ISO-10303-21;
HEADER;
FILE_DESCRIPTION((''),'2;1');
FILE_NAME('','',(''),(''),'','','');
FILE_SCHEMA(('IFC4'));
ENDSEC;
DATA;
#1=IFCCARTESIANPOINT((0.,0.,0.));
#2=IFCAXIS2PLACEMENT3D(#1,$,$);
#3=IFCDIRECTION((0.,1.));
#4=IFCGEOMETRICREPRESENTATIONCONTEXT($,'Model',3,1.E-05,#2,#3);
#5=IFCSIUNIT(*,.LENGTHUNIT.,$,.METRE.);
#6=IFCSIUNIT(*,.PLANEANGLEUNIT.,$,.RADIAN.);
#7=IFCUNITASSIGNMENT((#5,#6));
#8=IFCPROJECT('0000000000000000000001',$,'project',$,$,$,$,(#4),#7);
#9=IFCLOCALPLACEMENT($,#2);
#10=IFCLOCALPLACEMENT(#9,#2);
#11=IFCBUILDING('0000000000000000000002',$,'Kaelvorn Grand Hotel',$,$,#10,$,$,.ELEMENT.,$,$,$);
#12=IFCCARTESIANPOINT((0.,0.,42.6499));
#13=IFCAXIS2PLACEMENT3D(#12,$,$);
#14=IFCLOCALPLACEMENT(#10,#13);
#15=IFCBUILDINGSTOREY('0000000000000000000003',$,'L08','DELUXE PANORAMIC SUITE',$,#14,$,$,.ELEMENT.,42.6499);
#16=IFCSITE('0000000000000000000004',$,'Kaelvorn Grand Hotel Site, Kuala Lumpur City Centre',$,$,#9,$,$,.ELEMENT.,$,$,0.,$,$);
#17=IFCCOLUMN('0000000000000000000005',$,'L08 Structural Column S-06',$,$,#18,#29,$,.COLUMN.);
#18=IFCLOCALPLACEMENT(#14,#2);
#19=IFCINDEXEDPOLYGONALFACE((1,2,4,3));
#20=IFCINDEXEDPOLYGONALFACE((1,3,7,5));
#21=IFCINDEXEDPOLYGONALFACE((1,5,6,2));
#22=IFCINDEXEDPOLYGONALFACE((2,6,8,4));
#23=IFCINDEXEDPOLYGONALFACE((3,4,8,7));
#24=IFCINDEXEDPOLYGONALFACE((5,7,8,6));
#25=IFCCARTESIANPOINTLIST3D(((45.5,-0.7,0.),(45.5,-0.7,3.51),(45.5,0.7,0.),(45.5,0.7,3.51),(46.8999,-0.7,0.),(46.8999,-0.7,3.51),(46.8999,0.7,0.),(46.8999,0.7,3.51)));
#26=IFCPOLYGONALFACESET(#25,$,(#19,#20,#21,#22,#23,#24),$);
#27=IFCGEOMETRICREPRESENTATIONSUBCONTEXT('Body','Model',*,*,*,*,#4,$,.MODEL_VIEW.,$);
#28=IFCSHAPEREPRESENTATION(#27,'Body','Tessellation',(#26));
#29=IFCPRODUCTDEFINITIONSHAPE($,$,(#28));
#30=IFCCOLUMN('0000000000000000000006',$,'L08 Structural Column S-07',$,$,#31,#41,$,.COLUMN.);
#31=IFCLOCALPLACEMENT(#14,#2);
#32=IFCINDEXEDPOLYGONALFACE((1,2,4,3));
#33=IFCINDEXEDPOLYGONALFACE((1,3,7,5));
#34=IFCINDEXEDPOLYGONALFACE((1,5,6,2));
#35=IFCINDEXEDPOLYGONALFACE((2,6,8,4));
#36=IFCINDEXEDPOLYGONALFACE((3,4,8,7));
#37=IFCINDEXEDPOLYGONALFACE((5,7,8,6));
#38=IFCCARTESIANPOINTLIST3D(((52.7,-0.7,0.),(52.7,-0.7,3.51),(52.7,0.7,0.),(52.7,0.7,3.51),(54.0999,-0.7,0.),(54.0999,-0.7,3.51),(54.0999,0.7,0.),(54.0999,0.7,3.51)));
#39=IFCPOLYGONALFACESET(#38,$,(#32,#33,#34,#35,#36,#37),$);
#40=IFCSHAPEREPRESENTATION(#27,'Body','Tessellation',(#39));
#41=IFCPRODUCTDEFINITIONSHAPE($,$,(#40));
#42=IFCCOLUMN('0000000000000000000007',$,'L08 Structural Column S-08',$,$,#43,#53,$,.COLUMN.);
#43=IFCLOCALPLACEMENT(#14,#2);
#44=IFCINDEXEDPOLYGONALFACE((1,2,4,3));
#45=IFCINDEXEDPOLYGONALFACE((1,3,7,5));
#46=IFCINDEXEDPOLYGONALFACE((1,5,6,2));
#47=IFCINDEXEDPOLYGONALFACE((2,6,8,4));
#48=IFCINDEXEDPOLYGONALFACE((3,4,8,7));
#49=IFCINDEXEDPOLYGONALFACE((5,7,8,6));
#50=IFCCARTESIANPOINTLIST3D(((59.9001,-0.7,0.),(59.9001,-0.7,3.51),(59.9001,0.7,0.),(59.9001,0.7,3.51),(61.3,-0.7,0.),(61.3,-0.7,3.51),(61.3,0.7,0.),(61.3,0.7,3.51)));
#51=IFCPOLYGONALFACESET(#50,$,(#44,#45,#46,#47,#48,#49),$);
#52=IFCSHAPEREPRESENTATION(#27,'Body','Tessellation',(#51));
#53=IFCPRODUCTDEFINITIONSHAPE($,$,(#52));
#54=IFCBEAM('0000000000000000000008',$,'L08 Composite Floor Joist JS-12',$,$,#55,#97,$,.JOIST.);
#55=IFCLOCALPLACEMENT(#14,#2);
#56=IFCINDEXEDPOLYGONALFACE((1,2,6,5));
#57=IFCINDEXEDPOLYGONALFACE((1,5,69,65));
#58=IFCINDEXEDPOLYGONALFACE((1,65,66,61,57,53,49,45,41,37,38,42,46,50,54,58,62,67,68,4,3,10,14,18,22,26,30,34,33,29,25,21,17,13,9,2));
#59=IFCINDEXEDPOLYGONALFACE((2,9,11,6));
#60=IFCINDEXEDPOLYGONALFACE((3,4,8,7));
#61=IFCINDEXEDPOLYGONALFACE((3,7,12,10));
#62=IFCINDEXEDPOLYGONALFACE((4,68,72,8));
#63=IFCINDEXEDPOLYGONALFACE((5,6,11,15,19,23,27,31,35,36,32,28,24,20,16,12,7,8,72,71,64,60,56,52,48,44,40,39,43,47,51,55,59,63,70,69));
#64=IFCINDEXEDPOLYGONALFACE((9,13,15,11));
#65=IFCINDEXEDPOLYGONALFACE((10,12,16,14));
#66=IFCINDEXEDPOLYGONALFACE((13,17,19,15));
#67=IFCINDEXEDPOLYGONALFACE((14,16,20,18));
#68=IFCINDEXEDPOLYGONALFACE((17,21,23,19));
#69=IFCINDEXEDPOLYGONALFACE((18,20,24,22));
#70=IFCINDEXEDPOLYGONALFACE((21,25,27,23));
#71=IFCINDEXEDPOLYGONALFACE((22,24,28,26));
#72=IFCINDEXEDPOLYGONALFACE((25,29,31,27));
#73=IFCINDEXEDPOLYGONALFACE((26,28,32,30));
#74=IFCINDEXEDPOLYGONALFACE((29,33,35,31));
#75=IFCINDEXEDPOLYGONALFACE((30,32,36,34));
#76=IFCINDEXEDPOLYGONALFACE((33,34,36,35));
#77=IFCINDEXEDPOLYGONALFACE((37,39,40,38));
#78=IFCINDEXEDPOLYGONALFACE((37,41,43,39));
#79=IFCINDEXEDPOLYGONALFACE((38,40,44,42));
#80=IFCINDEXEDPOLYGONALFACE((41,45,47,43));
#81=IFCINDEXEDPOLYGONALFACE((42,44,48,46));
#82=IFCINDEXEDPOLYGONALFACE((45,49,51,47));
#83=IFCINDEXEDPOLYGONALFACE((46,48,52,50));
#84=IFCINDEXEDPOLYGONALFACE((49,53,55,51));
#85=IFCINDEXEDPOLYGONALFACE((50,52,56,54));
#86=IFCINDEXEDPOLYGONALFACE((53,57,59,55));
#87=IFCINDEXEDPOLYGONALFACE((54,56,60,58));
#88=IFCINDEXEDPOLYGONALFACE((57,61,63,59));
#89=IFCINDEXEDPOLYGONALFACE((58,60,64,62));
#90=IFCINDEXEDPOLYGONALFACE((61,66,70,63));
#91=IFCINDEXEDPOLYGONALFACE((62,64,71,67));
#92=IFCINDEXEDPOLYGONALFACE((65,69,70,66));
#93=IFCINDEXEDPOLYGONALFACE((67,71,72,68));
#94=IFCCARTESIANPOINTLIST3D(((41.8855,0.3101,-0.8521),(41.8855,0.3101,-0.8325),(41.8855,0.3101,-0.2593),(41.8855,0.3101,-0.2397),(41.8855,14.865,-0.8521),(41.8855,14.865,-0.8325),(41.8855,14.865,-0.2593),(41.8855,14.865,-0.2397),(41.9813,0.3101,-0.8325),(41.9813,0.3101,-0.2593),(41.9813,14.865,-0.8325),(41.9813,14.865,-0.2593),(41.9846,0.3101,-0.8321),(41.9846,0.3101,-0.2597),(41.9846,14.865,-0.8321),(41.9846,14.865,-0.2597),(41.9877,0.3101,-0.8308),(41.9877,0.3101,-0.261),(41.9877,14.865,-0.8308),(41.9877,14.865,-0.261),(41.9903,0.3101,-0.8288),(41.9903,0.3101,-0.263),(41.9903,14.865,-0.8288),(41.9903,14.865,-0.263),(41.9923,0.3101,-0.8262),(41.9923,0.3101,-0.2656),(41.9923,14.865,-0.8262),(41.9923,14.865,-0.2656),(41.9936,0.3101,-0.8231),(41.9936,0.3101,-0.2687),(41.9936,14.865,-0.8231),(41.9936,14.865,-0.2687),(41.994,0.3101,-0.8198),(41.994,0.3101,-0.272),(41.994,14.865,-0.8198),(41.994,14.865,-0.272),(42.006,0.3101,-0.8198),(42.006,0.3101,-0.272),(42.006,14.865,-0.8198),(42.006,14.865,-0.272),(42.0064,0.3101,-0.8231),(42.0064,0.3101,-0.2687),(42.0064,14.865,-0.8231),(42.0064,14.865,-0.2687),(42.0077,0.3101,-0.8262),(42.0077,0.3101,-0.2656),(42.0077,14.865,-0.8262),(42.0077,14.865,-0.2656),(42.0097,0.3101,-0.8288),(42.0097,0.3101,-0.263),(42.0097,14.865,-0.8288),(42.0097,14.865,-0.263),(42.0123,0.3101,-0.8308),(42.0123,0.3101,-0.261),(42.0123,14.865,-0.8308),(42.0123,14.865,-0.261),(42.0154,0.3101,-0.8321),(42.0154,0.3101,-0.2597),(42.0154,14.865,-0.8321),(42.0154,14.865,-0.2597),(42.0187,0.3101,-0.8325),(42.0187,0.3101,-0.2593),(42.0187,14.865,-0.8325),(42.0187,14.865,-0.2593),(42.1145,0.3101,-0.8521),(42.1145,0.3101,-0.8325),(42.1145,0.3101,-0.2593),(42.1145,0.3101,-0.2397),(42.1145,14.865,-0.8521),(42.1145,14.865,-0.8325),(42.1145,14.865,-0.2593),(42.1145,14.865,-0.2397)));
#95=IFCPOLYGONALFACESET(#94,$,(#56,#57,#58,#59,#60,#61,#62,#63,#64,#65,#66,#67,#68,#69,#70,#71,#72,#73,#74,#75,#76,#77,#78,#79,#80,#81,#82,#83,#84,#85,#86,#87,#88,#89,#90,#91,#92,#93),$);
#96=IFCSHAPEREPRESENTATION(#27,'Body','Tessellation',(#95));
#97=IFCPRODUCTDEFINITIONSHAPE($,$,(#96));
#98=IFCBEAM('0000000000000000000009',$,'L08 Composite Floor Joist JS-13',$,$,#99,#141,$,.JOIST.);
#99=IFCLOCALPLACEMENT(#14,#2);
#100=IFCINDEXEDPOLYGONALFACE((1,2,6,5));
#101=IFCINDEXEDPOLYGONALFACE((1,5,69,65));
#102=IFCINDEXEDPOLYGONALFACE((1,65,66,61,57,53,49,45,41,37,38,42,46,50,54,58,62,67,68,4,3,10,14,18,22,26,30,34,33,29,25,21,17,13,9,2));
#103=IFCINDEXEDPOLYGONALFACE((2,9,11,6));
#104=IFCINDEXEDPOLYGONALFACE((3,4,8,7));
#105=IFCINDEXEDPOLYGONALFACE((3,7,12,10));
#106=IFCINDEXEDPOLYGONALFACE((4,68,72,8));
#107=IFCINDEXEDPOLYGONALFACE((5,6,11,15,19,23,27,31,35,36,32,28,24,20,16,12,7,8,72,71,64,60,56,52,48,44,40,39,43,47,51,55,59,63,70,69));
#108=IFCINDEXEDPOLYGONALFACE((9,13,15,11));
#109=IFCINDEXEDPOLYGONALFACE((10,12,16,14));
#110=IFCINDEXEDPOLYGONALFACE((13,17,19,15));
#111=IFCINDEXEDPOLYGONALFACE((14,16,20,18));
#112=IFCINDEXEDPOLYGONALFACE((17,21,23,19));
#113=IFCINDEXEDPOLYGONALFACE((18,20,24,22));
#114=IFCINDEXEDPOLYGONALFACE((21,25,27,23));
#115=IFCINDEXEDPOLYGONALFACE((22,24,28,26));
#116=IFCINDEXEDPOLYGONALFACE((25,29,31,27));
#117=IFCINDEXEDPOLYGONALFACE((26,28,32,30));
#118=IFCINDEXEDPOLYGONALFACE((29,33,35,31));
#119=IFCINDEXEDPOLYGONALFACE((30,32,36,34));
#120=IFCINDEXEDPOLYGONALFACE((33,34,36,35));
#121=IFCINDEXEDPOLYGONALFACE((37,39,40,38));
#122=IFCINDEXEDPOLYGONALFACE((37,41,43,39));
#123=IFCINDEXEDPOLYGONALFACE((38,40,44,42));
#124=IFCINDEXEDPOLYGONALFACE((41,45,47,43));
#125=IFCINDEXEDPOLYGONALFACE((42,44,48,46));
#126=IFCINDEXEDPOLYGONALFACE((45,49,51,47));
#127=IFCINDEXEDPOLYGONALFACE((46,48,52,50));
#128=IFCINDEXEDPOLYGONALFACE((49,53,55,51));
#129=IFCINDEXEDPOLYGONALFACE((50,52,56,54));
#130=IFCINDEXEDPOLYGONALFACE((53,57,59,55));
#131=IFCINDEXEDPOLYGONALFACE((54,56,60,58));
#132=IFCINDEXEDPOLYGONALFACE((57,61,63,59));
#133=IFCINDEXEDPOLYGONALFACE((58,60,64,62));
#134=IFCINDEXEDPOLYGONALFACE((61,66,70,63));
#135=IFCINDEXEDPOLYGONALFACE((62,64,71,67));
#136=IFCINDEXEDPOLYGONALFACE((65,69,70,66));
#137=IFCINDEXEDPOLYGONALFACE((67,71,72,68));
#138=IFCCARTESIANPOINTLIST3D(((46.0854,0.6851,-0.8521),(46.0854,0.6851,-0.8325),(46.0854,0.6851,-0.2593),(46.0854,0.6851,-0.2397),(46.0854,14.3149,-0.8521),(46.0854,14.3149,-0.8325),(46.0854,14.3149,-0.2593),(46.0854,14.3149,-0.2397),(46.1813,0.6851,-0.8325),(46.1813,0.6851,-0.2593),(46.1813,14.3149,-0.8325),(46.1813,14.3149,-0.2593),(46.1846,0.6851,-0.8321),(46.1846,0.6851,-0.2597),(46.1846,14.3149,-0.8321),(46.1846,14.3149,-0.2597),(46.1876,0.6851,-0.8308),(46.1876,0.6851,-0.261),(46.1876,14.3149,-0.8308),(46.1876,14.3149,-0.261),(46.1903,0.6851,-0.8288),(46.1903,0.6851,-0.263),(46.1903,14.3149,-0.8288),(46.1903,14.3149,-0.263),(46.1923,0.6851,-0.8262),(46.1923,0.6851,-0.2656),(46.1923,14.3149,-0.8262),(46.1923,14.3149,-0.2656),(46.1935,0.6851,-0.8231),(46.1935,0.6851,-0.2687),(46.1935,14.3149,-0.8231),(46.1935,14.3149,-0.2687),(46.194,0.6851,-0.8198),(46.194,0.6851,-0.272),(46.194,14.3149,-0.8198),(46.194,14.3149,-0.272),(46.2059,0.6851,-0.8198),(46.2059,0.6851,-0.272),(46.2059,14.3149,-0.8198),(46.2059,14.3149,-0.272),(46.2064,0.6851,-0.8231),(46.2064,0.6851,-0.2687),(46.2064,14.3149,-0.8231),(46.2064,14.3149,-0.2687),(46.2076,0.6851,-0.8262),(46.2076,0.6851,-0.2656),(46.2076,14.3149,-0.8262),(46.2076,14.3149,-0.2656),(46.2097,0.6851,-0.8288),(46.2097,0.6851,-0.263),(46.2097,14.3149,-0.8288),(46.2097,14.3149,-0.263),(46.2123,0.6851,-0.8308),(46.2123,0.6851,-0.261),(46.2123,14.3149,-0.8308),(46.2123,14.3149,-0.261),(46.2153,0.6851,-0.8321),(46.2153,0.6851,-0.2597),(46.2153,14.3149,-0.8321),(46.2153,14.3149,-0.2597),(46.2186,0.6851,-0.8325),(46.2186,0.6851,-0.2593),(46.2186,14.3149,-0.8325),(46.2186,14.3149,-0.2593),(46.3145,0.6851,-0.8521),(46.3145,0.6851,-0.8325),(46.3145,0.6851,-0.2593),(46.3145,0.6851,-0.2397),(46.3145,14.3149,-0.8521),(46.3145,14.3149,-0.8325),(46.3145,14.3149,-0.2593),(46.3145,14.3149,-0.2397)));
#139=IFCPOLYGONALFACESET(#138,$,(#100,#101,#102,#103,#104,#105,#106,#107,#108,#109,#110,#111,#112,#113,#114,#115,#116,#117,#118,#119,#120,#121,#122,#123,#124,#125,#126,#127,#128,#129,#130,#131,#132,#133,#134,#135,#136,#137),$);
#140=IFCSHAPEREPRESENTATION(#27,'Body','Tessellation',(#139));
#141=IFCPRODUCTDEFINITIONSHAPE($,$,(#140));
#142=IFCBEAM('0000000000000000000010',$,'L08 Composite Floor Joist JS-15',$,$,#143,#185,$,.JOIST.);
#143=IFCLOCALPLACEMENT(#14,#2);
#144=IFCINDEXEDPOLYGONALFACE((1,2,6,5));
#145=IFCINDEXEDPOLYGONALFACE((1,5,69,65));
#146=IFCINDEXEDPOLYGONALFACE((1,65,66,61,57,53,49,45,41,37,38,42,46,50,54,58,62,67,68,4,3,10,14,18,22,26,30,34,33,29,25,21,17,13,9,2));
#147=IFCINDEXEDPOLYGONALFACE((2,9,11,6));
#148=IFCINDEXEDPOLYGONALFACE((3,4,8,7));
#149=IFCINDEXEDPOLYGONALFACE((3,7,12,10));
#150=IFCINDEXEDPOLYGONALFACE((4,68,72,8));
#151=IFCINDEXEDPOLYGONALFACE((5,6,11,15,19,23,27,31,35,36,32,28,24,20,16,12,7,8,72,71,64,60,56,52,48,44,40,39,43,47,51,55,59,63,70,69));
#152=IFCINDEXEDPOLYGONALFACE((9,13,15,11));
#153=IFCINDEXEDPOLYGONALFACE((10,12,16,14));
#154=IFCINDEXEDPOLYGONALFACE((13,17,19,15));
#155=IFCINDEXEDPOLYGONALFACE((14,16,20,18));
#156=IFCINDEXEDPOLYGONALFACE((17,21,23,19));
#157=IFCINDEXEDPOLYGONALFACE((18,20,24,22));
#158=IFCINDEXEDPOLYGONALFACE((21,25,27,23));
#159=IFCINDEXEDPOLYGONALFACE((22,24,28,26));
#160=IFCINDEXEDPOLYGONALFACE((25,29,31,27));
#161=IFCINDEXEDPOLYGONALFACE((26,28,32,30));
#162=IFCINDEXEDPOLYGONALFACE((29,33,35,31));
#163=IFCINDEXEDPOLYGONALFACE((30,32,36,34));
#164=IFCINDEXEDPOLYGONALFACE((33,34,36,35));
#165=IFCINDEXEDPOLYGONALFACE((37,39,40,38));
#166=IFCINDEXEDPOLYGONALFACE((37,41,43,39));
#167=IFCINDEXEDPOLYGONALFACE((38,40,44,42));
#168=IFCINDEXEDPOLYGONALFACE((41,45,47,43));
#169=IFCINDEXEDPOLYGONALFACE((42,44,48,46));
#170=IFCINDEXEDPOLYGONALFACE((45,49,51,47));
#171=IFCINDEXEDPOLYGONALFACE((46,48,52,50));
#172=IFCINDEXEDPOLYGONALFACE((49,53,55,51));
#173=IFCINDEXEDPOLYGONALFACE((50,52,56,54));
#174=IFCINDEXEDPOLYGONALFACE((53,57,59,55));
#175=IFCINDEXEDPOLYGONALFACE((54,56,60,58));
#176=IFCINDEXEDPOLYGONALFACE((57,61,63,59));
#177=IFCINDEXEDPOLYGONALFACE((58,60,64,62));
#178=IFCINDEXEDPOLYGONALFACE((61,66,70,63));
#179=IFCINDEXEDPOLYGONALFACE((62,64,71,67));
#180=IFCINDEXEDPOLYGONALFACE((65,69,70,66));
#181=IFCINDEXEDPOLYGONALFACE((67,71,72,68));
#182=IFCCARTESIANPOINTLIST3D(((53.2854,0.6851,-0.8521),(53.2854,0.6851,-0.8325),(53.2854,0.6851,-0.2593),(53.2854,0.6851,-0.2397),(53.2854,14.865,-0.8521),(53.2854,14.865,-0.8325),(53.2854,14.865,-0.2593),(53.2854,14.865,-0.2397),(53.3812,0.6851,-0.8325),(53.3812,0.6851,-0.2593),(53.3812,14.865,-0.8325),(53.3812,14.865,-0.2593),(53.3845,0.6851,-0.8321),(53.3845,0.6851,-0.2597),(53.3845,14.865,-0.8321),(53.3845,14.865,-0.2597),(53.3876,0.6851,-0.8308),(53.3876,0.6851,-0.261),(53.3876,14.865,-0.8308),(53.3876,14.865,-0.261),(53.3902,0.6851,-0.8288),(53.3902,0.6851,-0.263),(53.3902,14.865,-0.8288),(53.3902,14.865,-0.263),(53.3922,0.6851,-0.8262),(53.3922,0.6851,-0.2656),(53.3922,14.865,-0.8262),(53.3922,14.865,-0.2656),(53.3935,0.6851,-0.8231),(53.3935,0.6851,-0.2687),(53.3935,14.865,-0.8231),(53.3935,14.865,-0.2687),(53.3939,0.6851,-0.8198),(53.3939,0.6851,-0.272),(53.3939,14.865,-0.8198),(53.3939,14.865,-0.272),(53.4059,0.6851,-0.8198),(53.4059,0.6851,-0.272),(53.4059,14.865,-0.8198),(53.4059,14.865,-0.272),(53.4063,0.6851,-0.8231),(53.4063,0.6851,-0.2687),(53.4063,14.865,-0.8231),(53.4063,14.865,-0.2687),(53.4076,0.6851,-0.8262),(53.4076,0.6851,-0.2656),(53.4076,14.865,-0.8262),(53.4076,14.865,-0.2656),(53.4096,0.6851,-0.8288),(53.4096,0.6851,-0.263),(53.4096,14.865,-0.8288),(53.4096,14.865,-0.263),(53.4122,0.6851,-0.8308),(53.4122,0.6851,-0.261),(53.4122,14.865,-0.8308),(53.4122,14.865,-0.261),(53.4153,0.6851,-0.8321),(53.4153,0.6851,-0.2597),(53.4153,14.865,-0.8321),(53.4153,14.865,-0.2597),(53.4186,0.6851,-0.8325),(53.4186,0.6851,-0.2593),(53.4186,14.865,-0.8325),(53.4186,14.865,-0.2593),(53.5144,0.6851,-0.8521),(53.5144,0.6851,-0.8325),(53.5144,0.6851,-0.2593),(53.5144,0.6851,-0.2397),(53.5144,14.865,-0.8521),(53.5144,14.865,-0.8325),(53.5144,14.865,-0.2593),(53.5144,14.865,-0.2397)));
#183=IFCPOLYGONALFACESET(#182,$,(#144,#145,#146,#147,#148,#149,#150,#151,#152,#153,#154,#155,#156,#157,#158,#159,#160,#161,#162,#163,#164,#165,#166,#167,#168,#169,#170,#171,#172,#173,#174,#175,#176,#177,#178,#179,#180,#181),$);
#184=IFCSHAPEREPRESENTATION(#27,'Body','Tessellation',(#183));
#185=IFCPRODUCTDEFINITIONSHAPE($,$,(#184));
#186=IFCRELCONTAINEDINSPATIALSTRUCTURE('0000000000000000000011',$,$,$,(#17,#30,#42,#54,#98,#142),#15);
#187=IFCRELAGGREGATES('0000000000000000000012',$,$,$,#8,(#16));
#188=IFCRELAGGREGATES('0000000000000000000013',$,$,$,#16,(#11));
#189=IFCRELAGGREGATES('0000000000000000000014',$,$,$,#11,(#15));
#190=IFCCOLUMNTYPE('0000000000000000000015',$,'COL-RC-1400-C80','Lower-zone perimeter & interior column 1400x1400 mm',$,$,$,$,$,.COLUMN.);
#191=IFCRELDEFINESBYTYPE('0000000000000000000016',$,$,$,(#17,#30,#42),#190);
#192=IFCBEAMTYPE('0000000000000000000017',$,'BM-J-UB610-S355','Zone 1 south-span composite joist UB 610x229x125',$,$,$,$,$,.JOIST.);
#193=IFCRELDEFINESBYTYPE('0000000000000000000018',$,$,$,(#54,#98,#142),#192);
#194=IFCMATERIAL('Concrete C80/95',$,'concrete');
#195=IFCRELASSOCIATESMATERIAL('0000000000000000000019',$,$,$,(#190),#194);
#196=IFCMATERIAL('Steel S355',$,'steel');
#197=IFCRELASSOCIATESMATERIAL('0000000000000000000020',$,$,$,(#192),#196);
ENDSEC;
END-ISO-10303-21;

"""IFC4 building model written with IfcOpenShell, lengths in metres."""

from ifc_helpers import new_model, si_unit, direction, frame, origin, origin_2d, place, context, subcontext, project, spatial, rectangle, i_section, extrude, material, material_profile, profile_set, type_object, element, save


model = new_model("IFC4")

# Units and contexts
model_context = context("Model", 3, precision=1e-05, world=origin(), true_north=direction((0.0, 1.0)))
body_context = subcontext(model_context, "Body", "Model", "MODEL_VIEW")
ifc_project = project(units=[si_unit("LENGTHUNIT", "METRE"), si_unit("PLANEANGLEUNIT", "RADIAN")], contexts=[model_context])

# Site, building, storey
site_placement = place(None, origin())
site = spatial("IfcSite", under=ifc_project, at=site_placement, Name="Kaelvorn Grand Hotel Site, Kuala Lumpur City Centre", CompositionType="ELEMENT", RefElevation=0.0)
building_placement = place(site_placement, origin())
building = spatial("IfcBuilding", under=site, at=building_placement, Name="Kaelvorn Grand Hotel", CompositionType="ELEMENT")
storey_placement = place(building_placement, frame((0.0, 0.0, 42.6499)))
storey = spatial("IfcBuildingStorey", under=building, at=storey_placement, Name="L08", Description="DELUXE PANORAMIC SUITE", CompositionType="ELEMENT", Elevation=42.6499)

# Columns
ifc_material_1 = material(Name="Concrete C80/95", Category="concrete")
ifc_material_profile_1 = material_profile(ifc_material_1, rectangle(XDim=1.3999, YDim=1.3999, at=origin_2d()), Name="RC COL 1400x1400")
ifc_profile_set_1 = profile_set([ifc_material_profile_1], Name="Concrete C80/95")
column_type = type_object("IfcColumnType", Name="COL-RC-1400-C80", Description="Lower-zone perimeter & interior column 1400x1400 mm", PredefinedType="COLUMN", material=ifc_profile_set_1)
for number, where, z_axis, x_axis, name in (
    (1, (46.2, 0.0, 0.0), (0.0, 0.0, 1.0), (1.0, 0.0, 0.0), "L08 Structural Column S-06"),
    (2, (53.3999, 0.0, 0.0), (0.0, 0.0, 1.0), (1.0, 0.0, 0.0), "L08 Structural Column S-07"),
    (3, (60.6001, 0.0, 0.0), (0.0, 0.0, 1.0), (1.0, 0.0, 0.0), "L08 Structural Column S-08"),
):
    element("IfcColumn", number, at=place(storey_placement, frame(where, z_axis=z_axis, x_axis=x_axis)), inside=storey, type_object=column_type, Name=name, PredefinedType="COLUMN", context=body_context, shape_type="SweptSolid", body=[
        extrude(rectangle(XDim=1.3999, YDim=1.3999, at=origin_2d()), origin(), (0.0, 0.0, 1.0), 3.51),
    ])

# Beams
ifc_material_2 = material(Name="Steel S355", Category="steel")
ifc_material_profile_2 = material_profile(ifc_material_2, i_section(OverallWidth=0.229, OverallDepth=0.6123, WebThickness=0.012, FlangeThickness=0.0195, FilletRadius=0.0127, at=origin_2d()), Name="UB 610x229x125")
ifc_profile_set_2 = profile_set([ifc_material_profile_2], Name="Steel S355")
beam_type_1 = type_object("IfcBeamType", Name="BM-J-UB610-S355", Description="Zone 1 south-span composite joist UB 610x229x125", PredefinedType="JOIST", material=ifc_profile_set_2)
beam_1_placement = place(storey_placement, frame((42.0, 0.3101, -0.5459), z_axis=(0.0, 1.0, 0.0), x_axis=(-1.0, 0.0, 0.0)))
element("IfcBeam", 4, at=beam_1_placement, inside=storey, type_object=beam_type_1, Name="L08 Composite Floor Joist JS-12", PredefinedType="JOIST", context=body_context, shape_type="SweptSolid", body=[
    extrude(i_section(OverallWidth=0.229, OverallDepth=0.6123, WebThickness=0.012, FlangeThickness=0.0195, FilletRadius=0.0127, at=origin_2d()), origin(), (0.0, 0.0, 1.0), 14.5549),
])
beam_2_placement = place(storey_placement, frame((46.2, 0.6851, -0.5459), z_axis=(0.0, 1.0, 0.0), x_axis=(-1.0, 0.0, 0.0)))
element("IfcBeam", 5, at=beam_2_placement, inside=storey, type_object=beam_type_1, Name="L08 Composite Floor Joist JS-13", PredefinedType="JOIST", context=body_context, shape_type="SweptSolid", body=[
    extrude(i_section(OverallWidth=0.229, OverallDepth=0.6123, WebThickness=0.012, FlangeThickness=0.0195, FilletRadius=0.0127, at=origin_2d()), origin(), (0.0, 0.0, 1.0), 13.6299),
])
beam_3_placement = place(storey_placement, frame((53.3999, 0.6851, -0.5459), z_axis=(0.0, 1.0, 0.0), x_axis=(-1.0, 0.0, 0.0)))
element("IfcBeam", 6, at=beam_3_placement, inside=storey, type_object=beam_type_1, Name="L08 Composite Floor Joist JS-15", PredefinedType="JOIST", context=body_context, shape_type="SweptSolid", body=[
    extrude(i_section(OverallWidth=0.229, OverallDepth=0.6123, WebThickness=0.012, FlangeThickness=0.0195, FilletRadius=0.0127, at=origin_2d()), origin(), (0.0, 0.0, 1.0), 14.1799),
])

save(model, "model.ifc")
